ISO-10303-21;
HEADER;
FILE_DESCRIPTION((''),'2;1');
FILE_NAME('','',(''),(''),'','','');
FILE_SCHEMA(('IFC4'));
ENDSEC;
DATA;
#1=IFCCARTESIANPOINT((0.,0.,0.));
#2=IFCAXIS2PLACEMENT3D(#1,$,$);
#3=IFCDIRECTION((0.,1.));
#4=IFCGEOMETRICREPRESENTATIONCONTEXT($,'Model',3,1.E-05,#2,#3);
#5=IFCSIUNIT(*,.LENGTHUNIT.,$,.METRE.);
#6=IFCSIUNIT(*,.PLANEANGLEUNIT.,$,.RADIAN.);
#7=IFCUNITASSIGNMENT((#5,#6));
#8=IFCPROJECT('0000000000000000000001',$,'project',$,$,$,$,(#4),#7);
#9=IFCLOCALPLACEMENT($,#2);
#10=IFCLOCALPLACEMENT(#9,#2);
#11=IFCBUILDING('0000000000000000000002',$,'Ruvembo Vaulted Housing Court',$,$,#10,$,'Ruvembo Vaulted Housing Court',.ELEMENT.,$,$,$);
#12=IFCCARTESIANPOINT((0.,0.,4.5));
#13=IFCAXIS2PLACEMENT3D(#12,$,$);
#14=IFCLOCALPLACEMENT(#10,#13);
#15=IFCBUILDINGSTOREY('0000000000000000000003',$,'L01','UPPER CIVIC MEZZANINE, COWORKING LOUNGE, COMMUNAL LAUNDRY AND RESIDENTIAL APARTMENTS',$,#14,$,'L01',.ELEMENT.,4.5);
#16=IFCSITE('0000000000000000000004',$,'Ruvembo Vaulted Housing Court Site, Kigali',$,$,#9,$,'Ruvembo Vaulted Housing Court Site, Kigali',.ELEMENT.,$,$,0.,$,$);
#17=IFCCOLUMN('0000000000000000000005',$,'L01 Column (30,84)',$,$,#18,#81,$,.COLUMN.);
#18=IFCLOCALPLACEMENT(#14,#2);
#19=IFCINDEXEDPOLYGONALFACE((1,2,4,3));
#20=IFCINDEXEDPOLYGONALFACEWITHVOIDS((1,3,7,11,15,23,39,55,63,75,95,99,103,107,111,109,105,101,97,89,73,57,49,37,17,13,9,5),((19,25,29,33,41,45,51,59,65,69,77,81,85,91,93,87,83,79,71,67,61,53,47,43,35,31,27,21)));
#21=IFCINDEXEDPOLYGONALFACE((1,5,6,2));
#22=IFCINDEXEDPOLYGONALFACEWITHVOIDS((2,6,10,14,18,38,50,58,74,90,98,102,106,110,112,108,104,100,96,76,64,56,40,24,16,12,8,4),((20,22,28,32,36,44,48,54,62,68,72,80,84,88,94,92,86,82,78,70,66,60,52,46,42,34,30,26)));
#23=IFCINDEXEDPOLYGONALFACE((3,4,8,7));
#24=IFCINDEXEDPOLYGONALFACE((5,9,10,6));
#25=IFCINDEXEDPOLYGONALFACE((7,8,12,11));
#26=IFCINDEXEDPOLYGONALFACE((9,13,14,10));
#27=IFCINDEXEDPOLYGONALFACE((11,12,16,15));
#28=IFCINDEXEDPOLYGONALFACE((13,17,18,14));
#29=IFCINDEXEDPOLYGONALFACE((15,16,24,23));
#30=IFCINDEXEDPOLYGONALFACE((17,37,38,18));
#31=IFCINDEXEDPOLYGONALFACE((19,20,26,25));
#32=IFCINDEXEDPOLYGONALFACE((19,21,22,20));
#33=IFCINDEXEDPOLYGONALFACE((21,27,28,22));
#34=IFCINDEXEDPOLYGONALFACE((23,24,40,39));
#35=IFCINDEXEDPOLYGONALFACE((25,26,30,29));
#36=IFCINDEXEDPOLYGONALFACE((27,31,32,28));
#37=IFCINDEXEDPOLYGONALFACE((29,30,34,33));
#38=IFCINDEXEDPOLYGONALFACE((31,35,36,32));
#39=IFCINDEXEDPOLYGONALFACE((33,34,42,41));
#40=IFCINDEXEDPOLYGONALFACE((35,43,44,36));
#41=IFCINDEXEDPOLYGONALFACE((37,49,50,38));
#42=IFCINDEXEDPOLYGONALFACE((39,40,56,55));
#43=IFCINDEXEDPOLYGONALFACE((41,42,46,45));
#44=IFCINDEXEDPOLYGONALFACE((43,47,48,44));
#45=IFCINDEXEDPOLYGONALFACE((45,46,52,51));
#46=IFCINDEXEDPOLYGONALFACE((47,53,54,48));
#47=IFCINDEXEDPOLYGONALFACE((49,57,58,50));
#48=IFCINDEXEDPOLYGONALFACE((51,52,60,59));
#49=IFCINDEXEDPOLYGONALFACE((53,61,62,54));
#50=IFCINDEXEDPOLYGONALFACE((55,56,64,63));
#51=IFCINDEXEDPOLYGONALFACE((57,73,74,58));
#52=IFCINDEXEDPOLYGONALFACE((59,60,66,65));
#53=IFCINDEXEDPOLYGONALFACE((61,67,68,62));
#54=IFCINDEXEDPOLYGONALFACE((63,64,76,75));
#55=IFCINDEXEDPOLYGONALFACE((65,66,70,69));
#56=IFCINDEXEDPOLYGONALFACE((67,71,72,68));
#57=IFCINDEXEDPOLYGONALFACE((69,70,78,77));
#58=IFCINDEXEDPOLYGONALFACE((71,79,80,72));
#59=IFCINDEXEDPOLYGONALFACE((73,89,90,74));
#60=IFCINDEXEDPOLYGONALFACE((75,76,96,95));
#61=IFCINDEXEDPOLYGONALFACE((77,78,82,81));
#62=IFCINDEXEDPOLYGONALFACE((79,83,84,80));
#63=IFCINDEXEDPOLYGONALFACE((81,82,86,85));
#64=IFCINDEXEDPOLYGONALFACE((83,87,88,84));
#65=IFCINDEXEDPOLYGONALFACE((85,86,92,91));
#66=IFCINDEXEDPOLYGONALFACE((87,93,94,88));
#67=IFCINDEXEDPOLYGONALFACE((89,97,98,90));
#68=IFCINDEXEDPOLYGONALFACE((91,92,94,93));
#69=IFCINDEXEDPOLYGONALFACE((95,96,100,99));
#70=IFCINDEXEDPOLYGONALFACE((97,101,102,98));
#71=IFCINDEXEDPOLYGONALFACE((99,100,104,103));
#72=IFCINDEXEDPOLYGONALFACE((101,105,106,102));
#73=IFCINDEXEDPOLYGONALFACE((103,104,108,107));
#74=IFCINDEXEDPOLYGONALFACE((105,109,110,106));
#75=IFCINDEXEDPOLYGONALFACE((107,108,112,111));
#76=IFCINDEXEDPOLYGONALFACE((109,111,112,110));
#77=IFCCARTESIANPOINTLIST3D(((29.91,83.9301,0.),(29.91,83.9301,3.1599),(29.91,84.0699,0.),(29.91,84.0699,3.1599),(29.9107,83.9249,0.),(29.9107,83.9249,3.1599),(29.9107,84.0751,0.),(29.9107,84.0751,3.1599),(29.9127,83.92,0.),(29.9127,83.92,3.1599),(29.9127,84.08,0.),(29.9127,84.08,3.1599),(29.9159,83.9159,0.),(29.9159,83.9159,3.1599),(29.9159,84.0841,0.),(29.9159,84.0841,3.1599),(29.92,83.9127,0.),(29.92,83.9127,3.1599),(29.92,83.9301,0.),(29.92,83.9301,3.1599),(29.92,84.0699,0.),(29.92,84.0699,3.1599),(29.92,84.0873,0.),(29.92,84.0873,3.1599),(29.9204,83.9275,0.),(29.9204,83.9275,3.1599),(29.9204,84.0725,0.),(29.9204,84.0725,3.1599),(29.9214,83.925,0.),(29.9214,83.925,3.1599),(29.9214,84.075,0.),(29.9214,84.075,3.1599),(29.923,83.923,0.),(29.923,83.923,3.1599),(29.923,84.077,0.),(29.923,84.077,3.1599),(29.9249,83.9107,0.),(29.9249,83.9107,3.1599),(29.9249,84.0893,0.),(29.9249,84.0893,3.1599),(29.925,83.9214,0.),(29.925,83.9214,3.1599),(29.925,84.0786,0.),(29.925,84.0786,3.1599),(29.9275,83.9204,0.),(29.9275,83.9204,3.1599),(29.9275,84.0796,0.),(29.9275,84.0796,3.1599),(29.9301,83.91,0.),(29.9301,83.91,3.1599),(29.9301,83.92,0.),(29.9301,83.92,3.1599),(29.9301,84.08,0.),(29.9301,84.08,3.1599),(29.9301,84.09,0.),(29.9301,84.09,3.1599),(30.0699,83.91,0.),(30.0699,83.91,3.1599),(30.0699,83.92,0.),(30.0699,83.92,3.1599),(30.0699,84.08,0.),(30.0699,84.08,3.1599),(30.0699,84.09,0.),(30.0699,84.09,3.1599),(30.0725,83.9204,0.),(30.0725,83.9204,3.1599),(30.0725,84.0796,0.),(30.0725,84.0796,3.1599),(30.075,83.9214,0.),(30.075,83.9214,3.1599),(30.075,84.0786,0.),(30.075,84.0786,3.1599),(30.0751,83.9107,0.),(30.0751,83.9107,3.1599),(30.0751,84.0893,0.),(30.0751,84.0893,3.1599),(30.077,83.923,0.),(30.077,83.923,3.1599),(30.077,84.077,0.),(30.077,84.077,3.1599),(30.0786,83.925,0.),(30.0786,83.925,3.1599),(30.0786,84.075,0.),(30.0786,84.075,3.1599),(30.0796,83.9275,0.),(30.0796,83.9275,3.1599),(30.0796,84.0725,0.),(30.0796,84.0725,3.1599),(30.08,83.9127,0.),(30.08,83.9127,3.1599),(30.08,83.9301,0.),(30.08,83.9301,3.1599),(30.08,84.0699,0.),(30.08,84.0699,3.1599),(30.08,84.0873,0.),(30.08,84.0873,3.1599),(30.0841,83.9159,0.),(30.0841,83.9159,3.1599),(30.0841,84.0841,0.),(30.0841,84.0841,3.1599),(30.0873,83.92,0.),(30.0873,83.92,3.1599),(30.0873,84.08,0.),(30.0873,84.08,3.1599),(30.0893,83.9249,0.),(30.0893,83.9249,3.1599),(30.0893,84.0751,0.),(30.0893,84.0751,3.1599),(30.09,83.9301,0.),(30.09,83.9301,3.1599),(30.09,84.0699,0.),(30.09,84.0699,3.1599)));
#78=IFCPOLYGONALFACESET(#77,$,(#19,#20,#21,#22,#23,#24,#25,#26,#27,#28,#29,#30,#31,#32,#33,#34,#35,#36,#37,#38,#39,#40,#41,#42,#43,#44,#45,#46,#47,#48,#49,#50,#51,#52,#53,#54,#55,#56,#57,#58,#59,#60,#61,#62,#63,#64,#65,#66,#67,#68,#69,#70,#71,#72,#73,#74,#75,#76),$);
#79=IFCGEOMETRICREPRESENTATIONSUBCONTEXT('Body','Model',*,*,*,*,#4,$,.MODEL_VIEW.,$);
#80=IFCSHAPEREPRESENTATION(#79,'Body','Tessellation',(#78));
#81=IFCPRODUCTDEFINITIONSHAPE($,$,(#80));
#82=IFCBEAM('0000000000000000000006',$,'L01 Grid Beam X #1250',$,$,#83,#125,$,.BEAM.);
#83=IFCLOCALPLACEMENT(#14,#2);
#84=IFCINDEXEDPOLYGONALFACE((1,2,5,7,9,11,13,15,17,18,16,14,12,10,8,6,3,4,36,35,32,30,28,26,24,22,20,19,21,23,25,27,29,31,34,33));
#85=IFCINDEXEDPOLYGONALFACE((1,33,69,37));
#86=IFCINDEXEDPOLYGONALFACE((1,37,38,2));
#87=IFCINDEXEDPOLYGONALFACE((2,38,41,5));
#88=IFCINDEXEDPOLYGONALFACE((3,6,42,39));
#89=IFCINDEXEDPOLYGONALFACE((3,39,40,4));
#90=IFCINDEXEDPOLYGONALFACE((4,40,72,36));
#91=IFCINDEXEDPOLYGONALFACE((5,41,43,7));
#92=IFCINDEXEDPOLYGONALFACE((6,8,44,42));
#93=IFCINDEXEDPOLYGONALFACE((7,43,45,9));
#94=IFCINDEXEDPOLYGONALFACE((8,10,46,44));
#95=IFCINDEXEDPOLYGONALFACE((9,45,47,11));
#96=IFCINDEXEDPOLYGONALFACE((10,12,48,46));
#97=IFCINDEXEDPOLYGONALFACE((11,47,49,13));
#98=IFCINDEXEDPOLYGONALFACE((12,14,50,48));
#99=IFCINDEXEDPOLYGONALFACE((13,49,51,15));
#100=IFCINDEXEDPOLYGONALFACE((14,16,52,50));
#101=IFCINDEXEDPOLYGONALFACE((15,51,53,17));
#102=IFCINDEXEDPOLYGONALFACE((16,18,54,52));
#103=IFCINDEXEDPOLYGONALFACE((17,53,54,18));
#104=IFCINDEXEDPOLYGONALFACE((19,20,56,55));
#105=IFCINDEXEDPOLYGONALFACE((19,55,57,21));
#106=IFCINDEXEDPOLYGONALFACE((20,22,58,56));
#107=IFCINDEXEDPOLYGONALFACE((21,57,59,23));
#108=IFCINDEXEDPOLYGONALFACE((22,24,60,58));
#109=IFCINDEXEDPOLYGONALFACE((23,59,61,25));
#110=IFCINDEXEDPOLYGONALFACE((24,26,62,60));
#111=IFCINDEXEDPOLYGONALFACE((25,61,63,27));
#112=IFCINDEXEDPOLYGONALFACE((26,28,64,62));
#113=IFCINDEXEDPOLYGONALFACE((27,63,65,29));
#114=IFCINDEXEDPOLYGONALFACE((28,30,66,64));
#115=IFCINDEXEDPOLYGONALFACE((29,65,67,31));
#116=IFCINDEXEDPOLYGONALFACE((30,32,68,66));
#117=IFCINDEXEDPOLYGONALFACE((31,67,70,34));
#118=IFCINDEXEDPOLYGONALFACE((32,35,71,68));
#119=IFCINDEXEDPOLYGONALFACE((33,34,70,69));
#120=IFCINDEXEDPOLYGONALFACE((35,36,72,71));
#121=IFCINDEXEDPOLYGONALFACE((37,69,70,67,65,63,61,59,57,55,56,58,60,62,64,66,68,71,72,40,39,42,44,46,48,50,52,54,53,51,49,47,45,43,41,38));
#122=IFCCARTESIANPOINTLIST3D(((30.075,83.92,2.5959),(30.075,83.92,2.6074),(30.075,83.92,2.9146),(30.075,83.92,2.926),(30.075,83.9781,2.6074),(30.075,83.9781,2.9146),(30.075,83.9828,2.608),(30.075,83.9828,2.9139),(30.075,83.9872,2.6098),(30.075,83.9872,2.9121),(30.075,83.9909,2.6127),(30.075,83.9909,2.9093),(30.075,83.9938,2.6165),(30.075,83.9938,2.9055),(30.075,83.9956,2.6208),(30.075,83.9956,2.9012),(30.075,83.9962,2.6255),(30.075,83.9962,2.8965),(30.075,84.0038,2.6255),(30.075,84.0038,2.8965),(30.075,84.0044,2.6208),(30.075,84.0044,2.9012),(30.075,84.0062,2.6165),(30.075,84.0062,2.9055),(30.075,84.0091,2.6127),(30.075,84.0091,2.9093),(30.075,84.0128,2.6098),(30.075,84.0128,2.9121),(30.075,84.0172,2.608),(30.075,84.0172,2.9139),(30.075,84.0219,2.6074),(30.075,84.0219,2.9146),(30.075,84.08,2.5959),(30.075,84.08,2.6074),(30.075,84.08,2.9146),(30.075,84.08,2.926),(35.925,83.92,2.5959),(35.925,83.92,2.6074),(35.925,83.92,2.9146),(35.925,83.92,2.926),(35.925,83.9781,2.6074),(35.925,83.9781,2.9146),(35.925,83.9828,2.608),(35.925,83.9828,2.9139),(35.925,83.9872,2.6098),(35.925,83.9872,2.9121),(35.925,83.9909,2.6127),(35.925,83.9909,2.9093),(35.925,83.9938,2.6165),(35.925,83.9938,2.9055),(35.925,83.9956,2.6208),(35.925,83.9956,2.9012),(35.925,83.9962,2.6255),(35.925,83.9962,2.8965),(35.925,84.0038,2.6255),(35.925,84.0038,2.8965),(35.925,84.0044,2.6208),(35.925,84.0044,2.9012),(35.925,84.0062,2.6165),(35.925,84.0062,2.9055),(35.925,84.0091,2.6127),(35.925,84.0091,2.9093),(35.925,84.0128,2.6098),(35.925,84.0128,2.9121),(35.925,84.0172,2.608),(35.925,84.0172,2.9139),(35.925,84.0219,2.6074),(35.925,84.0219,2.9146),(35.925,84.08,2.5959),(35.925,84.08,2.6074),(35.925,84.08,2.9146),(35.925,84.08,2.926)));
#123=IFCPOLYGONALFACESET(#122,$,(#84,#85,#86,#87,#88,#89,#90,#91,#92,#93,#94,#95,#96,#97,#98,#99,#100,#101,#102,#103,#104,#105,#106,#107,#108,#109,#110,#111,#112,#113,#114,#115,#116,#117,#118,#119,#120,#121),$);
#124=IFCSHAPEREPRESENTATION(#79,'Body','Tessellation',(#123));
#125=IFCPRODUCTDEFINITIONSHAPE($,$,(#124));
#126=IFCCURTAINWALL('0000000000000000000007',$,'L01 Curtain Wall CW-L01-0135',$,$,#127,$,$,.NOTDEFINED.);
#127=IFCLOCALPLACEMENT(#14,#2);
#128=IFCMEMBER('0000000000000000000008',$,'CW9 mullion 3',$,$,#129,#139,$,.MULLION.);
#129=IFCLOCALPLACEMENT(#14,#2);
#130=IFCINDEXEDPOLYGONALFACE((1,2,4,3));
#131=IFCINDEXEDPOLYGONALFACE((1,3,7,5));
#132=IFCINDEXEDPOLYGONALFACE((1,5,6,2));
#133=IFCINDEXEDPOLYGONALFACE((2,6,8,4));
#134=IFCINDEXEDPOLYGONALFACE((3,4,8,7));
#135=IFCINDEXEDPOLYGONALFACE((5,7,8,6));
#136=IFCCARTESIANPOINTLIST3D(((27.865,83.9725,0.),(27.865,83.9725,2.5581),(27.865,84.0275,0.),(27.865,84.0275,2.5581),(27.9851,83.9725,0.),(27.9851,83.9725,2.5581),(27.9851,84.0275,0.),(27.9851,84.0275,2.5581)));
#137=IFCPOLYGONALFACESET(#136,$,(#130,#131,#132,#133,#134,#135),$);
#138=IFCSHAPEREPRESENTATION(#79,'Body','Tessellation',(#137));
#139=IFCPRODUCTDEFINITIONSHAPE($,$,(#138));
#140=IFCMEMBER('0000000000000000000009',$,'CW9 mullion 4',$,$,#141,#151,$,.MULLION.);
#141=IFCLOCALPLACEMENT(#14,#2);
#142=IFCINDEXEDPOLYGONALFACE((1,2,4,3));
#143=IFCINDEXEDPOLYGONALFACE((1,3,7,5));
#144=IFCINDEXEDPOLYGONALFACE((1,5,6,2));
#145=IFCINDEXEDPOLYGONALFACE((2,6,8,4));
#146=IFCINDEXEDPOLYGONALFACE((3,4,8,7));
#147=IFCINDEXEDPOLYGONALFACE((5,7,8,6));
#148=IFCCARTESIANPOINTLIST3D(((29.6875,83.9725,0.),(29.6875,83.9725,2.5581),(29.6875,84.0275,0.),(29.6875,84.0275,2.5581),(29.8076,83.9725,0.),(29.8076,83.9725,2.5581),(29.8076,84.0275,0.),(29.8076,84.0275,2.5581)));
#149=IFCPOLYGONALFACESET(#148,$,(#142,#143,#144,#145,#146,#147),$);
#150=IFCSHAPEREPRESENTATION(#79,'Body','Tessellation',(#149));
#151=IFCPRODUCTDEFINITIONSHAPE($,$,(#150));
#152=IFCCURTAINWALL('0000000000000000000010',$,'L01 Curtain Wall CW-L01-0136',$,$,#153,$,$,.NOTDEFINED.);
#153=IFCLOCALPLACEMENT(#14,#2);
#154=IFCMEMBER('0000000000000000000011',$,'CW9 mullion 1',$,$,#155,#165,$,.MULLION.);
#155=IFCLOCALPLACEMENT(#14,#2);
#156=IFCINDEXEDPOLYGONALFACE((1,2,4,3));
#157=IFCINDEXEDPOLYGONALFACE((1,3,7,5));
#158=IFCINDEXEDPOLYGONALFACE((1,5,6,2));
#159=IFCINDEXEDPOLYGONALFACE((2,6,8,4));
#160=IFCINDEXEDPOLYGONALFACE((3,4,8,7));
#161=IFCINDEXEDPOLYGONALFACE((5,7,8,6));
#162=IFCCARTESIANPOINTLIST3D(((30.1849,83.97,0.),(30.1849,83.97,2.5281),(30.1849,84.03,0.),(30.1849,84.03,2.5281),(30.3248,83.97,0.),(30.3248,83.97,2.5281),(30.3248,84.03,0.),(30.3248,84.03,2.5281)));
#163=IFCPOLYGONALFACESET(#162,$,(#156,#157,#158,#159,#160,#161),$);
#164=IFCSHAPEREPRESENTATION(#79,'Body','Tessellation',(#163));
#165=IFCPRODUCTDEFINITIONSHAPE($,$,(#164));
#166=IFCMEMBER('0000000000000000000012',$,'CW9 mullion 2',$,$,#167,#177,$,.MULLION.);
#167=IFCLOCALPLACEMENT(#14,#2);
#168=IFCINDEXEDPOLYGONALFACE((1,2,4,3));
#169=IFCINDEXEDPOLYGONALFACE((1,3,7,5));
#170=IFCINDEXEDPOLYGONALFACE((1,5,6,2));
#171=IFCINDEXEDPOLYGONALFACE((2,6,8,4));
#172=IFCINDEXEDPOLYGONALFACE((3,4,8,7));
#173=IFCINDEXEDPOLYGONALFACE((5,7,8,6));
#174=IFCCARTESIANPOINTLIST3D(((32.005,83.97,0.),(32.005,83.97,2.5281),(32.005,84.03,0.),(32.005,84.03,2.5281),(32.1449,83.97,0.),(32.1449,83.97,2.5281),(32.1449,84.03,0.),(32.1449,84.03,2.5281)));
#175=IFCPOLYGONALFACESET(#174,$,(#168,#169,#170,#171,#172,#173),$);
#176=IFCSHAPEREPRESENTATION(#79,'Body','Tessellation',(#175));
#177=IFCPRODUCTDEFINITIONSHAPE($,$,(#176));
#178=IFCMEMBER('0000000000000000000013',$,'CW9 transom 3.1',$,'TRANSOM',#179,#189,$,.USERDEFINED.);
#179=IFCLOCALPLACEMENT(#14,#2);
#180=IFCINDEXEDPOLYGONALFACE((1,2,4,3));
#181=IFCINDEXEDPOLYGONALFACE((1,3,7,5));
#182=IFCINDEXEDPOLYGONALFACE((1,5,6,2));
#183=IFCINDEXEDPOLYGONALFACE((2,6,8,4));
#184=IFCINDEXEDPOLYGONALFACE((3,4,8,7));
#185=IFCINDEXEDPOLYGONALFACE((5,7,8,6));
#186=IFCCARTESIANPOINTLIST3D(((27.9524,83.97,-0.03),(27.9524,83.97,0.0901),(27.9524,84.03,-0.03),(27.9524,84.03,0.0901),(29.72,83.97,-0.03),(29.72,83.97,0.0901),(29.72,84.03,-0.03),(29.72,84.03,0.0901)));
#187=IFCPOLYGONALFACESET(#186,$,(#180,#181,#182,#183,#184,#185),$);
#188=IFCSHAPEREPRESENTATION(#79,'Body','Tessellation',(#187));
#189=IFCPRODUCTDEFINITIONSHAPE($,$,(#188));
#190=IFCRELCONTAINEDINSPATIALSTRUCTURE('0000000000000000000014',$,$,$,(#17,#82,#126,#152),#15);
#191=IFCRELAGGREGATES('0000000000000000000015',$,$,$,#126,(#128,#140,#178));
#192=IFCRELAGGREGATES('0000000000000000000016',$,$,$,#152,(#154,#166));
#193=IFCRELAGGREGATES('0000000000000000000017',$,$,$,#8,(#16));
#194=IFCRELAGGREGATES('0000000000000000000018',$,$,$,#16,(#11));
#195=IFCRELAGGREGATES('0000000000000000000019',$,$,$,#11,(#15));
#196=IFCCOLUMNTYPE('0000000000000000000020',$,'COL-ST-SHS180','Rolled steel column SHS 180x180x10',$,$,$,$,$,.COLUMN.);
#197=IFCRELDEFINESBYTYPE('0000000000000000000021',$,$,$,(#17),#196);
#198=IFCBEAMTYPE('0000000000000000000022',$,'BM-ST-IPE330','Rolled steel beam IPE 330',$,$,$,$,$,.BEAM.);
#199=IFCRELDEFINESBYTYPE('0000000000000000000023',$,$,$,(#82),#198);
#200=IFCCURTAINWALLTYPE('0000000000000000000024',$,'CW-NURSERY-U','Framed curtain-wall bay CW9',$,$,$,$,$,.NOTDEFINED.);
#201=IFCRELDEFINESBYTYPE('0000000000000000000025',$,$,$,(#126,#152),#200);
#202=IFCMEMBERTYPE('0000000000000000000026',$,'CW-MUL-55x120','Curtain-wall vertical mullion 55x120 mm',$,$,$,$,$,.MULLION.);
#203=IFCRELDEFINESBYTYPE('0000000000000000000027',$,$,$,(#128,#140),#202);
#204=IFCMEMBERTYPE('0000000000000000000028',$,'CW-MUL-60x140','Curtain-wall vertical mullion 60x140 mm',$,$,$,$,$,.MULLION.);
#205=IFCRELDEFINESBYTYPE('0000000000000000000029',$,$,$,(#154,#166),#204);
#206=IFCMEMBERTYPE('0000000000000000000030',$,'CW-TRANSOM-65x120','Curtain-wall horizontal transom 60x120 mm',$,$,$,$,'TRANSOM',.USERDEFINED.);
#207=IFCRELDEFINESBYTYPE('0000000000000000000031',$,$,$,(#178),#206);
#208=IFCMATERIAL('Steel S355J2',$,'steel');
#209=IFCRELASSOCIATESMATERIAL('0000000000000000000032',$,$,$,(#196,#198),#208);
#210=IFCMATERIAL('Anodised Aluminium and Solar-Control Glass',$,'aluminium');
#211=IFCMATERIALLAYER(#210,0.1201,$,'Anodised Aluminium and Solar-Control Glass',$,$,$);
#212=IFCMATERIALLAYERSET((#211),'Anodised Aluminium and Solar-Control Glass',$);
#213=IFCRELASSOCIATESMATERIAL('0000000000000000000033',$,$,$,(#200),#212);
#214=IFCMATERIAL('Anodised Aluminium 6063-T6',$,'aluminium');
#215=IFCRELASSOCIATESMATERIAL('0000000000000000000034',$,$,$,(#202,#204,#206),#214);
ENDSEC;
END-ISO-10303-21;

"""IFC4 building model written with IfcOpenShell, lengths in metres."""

from ifc_helpers import new_model, si_unit, direction, frame, origin, origin_2d, place, context, subcontext, project, spatial, rectangle, hollow_rectangle, i_section, extrude, material, layer, layer_set, material_profile, profile_set, type_object, element, aggregate, save


model = new_model("IFC4")

# Units and contexts
model_context = context("Model", 3, precision=1e-05, world=origin(), true_north=direction((0.0, 1.0)))
body_context = subcontext(model_context, "Body", "Model", "MODEL_VIEW")
ifc_project = project(units=[si_unit("LENGTHUNIT", "METRE"), si_unit("PLANEANGLEUNIT", "RADIAN")], contexts=[model_context])

# Site, building, storey
site_placement = place(None, origin())
site = spatial("IfcSite", under=ifc_project, at=site_placement, Name="Ruvembo Vaulted Housing Court Site, Kigali", LongName="Ruvembo Vaulted Housing Court Site, Kigali", CompositionType="ELEMENT", RefElevation=0.0)
building_placement = place(site_placement, origin())
building = spatial("IfcBuilding", under=site, at=building_placement, Name="Ruvembo Vaulted Housing Court", LongName="Ruvembo Vaulted Housing Court", CompositionType="ELEMENT")
storey_placement = place(building_placement, frame((0.0, 0.0, 4.5)))
storey = spatial("IfcBuildingStorey", under=building, at=storey_placement, Name="L01", Description="UPPER CIVIC MEZZANINE, COWORKING LOUNGE, COMMUNAL LAUNDRY AND RESIDENTIAL APARTMENTS", LongName="L01", CompositionType="ELEMENT", Elevation=4.5)

# Column
ifc_material_1 = material(Name="Steel S355J2", Category="steel")
ifc_material_profile_1 = material_profile(ifc_material_1, hollow_rectangle(XDim=0.1799, YDim=0.1799, WallThickness=0.01, InnerFilletRadius=0.01, OuterFilletRadius=0.02, at=origin_2d()), Name="SHS 180x180x10")
ifc_profile_set_1 = profile_set([ifc_material_profile_1], Name="Steel S355J2")
column_type = type_object("IfcColumnType", Name="COL-ST-SHS180", Description="Rolled steel column SHS 180x180x10", PredefinedType="COLUMN", material=ifc_profile_set_1)
column_placement = place(storey_placement, frame((30.0, 84.0, 0.0), z_axis=(0.0, 0.0, 1.0), x_axis=(1.0, 0.0, 0.0)))
element("IfcColumn", 1, at=column_placement, inside=storey, type_object=column_type, Name="L01 Column (30,84)", PredefinedType="COLUMN", context=body_context, shape_type="SweptSolid", body=[
    extrude(hollow_rectangle(XDim=0.1799, YDim=0.1799, WallThickness=0.01, InnerFilletRadius=0.01, OuterFilletRadius=0.02, at=origin_2d()), origin(), (0.0, 0.0, 1.0), 3.1599),
])

# Beam
ifc_material_profile_2 = material_profile(ifc_material_1, i_section(OverallWidth=0.1599, OverallDepth=0.3301, WebThickness=0.0076, FlangeThickness=0.0115, FilletRadius=0.0181, at=origin_2d()), Name="IPE 330")
ifc_profile_set_2 = profile_set([ifc_material_profile_2], Name="Steel S355J2")
beam_type = type_object("IfcBeamType", Name="BM-ST-IPE330", Description="Rolled steel beam IPE 330", PredefinedType="BEAM", material=ifc_profile_set_2)
beam_placement = place(storey_placement, frame((30.075, 84.0, 2.761), z_axis=(1.0, 0.0, 0.0), x_axis=(0.0, 1.0, 0.0)))
element("IfcBeam", 2, at=beam_placement, inside=storey, type_object=beam_type, Name="L01 Grid Beam X #1250", PredefinedType="BEAM", context=body_context, shape_type="SweptSolid", body=[
    extrude(i_section(OverallWidth=0.1599, OverallDepth=0.3301, WebThickness=0.0076, FlangeThickness=0.0115, FilletRadius=0.0181, at=origin_2d()), origin(), (0.0, 0.0, 1.0), 5.8501),
])

# Curtain walls, members
ifc_material_2 = material(Name="Anodised Aluminium and Solar-Control Glass", Category="aluminium")
ifc_layer_1 = layer(ifc_material_2, 0.1201, Name="Anodised Aluminium and Solar-Control Glass")
ifc_layer_set_1 = layer_set([ifc_layer_1], Name="Anodised Aluminium and Solar-Control Glass")
curtain_wall_type = type_object("IfcCurtainWallType", Name="CW-NURSERY-U", Description="Framed curtain-wall bay CW9", PredefinedType="NOTDEFINED", material=ifc_layer_set_1)
curtain_wall_1_placement = place(storey_placement, origin())
curtain_wall_1 = element("IfcCurtainWall", 3, at=curtain_wall_1_placement, inside=storey, type_object=curtain_wall_type, Name="L01 Curtain Wall CW-L01-0135", PredefinedType="NOTDEFINED")
ifc_material_3 = material(Name="Anodised Aluminium 6063-T6", Category="aluminium")
ifc_material_profile_3 = material_profile(ifc_material_3, rectangle(XDim=0.0549, YDim=0.1201, at=origin_2d()), Name="ALU 55x120")
ifc_profile_set_3 = profile_set([ifc_material_profile_3], Name="Anodised Aluminium 6063-T6")
member_type_1 = type_object("IfcMemberType", Name="CW-MUL-55x120", Description="Curtain-wall vertical mullion 55x120 mm", PredefinedType="MULLION", material=ifc_profile_set_3)
member_1_placement = place(storey_placement, frame((27.925, 84.0, 0.0), z_axis=(0.0, 0.0, 1.0), x_axis=(0.0, 1.0, 0.0)))
member_1 = element("IfcMember", 4, at=member_1_placement, type_object=member_type_1, Name="CW9 mullion 3", PredefinedType="MULLION", context=body_context, shape_type="SweptSolid", body=[
    extrude(rectangle(XDim=0.0549, YDim=0.1201, at=origin_2d()), origin(), (0.0, 0.0, 1.0), 2.5581),
])
member_2_placement = place(storey_placement, frame((29.7476, 84.0, 0.0), z_axis=(0.0, 0.0, 1.0), x_axis=(0.0, 1.0, 0.0)))
member_2 = element("IfcMember", 5, at=member_2_placement, type_object=member_type_1, Name="CW9 mullion 4", PredefinedType="MULLION", context=body_context, shape_type="SweptSolid", body=[
    extrude(rectangle(XDim=0.0549, YDim=0.1201, at=origin_2d()), origin(), (0.0, 0.0, 1.0), 2.5581),
])
curtain_wall_2_placement = place(storey_placement, origin())
curtain_wall_2 = element("IfcCurtainWall", 6, at=curtain_wall_2_placement, inside=storey, type_object=curtain_wall_type, Name="L01 Curtain Wall CW-L01-0136", PredefinedType="NOTDEFINED")
ifc_material_profile_4 = material_profile(ifc_material_3, rectangle(XDim=0.0601, YDim=0.1399, at=origin_2d()), Name="ALU 60x140")
ifc_profile_set_4 = profile_set([ifc_material_profile_4], Name="Anodised Aluminium 6063-T6")
member_type_2 = type_object("IfcMemberType", Name="CW-MUL-60x140", Description="Curtain-wall vertical mullion 60x140 mm", PredefinedType="MULLION", material=ifc_profile_set_4)
member_3_placement = place(storey_placement, frame((30.2549, 84.0, 0.0), z_axis=(0.0, 0.0, 1.0), x_axis=(0.0, 1.0, 0.0)))
member_3 = element("IfcMember", 7, at=member_3_placement, type_object=member_type_2, Name="CW9 mullion 1", PredefinedType="MULLION", context=body_context, shape_type="SweptSolid", body=[
    extrude(rectangle(XDim=0.0601, YDim=0.1399, at=origin_2d()), origin(), (0.0, 0.0, 1.0), 2.5281),
])
member_4_placement = place(storey_placement, frame((32.075, 84.0, 0.0), z_axis=(0.0, 0.0, 1.0), x_axis=(0.0, 1.0, 0.0)))
member_4 = element("IfcMember", 8, at=member_4_placement, type_object=member_type_2, Name="CW9 mullion 2", PredefinedType="MULLION", context=body_context, shape_type="SweptSolid", body=[
    extrude(rectangle(XDim=0.0601, YDim=0.1399, at=origin_2d()), origin(), (0.0, 0.0, 1.0), 2.5281),
])

# Member
ifc_material_profile_5 = material_profile(ifc_material_3, rectangle(XDim=0.0601, YDim=0.1201, at=origin_2d()), Name="ALU 60x120")
ifc_profile_set_5 = profile_set([ifc_material_profile_5], Name="Anodised Aluminium 6063-T6")
member_type_3 = type_object("IfcMemberType", Name="CW-TRANSOM-65x120", Description="Curtain-wall horizontal transom 60x120 mm", ElementType="TRANSOM", PredefinedType="USERDEFINED", material=ifc_profile_set_5)
member_5_placement = place(storey_placement, frame((27.9524, 84.0, 0.03), z_axis=(1.0, 0.0, 0.0), x_axis=(0.0, 1.0, 0.0)))
member_5 = element("IfcMember", 9, at=member_5_placement, type_object=member_type_3, Name="CW9 transom 3.1", ObjectType="TRANSOM", PredefinedType="USERDEFINED", context=body_context, shape_type="SweptSolid", body=[
    extrude(rectangle(XDim=0.0601, YDim=0.1201, at=origin_2d()), origin(), (0.0, 0.0, 1.0), 1.7676),
])

aggregate(curtain_wall_1, [member_1, member_2, member_5])
aggregate(curtain_wall_2, [member_3, member_4])

save(model, "model.ifc")
